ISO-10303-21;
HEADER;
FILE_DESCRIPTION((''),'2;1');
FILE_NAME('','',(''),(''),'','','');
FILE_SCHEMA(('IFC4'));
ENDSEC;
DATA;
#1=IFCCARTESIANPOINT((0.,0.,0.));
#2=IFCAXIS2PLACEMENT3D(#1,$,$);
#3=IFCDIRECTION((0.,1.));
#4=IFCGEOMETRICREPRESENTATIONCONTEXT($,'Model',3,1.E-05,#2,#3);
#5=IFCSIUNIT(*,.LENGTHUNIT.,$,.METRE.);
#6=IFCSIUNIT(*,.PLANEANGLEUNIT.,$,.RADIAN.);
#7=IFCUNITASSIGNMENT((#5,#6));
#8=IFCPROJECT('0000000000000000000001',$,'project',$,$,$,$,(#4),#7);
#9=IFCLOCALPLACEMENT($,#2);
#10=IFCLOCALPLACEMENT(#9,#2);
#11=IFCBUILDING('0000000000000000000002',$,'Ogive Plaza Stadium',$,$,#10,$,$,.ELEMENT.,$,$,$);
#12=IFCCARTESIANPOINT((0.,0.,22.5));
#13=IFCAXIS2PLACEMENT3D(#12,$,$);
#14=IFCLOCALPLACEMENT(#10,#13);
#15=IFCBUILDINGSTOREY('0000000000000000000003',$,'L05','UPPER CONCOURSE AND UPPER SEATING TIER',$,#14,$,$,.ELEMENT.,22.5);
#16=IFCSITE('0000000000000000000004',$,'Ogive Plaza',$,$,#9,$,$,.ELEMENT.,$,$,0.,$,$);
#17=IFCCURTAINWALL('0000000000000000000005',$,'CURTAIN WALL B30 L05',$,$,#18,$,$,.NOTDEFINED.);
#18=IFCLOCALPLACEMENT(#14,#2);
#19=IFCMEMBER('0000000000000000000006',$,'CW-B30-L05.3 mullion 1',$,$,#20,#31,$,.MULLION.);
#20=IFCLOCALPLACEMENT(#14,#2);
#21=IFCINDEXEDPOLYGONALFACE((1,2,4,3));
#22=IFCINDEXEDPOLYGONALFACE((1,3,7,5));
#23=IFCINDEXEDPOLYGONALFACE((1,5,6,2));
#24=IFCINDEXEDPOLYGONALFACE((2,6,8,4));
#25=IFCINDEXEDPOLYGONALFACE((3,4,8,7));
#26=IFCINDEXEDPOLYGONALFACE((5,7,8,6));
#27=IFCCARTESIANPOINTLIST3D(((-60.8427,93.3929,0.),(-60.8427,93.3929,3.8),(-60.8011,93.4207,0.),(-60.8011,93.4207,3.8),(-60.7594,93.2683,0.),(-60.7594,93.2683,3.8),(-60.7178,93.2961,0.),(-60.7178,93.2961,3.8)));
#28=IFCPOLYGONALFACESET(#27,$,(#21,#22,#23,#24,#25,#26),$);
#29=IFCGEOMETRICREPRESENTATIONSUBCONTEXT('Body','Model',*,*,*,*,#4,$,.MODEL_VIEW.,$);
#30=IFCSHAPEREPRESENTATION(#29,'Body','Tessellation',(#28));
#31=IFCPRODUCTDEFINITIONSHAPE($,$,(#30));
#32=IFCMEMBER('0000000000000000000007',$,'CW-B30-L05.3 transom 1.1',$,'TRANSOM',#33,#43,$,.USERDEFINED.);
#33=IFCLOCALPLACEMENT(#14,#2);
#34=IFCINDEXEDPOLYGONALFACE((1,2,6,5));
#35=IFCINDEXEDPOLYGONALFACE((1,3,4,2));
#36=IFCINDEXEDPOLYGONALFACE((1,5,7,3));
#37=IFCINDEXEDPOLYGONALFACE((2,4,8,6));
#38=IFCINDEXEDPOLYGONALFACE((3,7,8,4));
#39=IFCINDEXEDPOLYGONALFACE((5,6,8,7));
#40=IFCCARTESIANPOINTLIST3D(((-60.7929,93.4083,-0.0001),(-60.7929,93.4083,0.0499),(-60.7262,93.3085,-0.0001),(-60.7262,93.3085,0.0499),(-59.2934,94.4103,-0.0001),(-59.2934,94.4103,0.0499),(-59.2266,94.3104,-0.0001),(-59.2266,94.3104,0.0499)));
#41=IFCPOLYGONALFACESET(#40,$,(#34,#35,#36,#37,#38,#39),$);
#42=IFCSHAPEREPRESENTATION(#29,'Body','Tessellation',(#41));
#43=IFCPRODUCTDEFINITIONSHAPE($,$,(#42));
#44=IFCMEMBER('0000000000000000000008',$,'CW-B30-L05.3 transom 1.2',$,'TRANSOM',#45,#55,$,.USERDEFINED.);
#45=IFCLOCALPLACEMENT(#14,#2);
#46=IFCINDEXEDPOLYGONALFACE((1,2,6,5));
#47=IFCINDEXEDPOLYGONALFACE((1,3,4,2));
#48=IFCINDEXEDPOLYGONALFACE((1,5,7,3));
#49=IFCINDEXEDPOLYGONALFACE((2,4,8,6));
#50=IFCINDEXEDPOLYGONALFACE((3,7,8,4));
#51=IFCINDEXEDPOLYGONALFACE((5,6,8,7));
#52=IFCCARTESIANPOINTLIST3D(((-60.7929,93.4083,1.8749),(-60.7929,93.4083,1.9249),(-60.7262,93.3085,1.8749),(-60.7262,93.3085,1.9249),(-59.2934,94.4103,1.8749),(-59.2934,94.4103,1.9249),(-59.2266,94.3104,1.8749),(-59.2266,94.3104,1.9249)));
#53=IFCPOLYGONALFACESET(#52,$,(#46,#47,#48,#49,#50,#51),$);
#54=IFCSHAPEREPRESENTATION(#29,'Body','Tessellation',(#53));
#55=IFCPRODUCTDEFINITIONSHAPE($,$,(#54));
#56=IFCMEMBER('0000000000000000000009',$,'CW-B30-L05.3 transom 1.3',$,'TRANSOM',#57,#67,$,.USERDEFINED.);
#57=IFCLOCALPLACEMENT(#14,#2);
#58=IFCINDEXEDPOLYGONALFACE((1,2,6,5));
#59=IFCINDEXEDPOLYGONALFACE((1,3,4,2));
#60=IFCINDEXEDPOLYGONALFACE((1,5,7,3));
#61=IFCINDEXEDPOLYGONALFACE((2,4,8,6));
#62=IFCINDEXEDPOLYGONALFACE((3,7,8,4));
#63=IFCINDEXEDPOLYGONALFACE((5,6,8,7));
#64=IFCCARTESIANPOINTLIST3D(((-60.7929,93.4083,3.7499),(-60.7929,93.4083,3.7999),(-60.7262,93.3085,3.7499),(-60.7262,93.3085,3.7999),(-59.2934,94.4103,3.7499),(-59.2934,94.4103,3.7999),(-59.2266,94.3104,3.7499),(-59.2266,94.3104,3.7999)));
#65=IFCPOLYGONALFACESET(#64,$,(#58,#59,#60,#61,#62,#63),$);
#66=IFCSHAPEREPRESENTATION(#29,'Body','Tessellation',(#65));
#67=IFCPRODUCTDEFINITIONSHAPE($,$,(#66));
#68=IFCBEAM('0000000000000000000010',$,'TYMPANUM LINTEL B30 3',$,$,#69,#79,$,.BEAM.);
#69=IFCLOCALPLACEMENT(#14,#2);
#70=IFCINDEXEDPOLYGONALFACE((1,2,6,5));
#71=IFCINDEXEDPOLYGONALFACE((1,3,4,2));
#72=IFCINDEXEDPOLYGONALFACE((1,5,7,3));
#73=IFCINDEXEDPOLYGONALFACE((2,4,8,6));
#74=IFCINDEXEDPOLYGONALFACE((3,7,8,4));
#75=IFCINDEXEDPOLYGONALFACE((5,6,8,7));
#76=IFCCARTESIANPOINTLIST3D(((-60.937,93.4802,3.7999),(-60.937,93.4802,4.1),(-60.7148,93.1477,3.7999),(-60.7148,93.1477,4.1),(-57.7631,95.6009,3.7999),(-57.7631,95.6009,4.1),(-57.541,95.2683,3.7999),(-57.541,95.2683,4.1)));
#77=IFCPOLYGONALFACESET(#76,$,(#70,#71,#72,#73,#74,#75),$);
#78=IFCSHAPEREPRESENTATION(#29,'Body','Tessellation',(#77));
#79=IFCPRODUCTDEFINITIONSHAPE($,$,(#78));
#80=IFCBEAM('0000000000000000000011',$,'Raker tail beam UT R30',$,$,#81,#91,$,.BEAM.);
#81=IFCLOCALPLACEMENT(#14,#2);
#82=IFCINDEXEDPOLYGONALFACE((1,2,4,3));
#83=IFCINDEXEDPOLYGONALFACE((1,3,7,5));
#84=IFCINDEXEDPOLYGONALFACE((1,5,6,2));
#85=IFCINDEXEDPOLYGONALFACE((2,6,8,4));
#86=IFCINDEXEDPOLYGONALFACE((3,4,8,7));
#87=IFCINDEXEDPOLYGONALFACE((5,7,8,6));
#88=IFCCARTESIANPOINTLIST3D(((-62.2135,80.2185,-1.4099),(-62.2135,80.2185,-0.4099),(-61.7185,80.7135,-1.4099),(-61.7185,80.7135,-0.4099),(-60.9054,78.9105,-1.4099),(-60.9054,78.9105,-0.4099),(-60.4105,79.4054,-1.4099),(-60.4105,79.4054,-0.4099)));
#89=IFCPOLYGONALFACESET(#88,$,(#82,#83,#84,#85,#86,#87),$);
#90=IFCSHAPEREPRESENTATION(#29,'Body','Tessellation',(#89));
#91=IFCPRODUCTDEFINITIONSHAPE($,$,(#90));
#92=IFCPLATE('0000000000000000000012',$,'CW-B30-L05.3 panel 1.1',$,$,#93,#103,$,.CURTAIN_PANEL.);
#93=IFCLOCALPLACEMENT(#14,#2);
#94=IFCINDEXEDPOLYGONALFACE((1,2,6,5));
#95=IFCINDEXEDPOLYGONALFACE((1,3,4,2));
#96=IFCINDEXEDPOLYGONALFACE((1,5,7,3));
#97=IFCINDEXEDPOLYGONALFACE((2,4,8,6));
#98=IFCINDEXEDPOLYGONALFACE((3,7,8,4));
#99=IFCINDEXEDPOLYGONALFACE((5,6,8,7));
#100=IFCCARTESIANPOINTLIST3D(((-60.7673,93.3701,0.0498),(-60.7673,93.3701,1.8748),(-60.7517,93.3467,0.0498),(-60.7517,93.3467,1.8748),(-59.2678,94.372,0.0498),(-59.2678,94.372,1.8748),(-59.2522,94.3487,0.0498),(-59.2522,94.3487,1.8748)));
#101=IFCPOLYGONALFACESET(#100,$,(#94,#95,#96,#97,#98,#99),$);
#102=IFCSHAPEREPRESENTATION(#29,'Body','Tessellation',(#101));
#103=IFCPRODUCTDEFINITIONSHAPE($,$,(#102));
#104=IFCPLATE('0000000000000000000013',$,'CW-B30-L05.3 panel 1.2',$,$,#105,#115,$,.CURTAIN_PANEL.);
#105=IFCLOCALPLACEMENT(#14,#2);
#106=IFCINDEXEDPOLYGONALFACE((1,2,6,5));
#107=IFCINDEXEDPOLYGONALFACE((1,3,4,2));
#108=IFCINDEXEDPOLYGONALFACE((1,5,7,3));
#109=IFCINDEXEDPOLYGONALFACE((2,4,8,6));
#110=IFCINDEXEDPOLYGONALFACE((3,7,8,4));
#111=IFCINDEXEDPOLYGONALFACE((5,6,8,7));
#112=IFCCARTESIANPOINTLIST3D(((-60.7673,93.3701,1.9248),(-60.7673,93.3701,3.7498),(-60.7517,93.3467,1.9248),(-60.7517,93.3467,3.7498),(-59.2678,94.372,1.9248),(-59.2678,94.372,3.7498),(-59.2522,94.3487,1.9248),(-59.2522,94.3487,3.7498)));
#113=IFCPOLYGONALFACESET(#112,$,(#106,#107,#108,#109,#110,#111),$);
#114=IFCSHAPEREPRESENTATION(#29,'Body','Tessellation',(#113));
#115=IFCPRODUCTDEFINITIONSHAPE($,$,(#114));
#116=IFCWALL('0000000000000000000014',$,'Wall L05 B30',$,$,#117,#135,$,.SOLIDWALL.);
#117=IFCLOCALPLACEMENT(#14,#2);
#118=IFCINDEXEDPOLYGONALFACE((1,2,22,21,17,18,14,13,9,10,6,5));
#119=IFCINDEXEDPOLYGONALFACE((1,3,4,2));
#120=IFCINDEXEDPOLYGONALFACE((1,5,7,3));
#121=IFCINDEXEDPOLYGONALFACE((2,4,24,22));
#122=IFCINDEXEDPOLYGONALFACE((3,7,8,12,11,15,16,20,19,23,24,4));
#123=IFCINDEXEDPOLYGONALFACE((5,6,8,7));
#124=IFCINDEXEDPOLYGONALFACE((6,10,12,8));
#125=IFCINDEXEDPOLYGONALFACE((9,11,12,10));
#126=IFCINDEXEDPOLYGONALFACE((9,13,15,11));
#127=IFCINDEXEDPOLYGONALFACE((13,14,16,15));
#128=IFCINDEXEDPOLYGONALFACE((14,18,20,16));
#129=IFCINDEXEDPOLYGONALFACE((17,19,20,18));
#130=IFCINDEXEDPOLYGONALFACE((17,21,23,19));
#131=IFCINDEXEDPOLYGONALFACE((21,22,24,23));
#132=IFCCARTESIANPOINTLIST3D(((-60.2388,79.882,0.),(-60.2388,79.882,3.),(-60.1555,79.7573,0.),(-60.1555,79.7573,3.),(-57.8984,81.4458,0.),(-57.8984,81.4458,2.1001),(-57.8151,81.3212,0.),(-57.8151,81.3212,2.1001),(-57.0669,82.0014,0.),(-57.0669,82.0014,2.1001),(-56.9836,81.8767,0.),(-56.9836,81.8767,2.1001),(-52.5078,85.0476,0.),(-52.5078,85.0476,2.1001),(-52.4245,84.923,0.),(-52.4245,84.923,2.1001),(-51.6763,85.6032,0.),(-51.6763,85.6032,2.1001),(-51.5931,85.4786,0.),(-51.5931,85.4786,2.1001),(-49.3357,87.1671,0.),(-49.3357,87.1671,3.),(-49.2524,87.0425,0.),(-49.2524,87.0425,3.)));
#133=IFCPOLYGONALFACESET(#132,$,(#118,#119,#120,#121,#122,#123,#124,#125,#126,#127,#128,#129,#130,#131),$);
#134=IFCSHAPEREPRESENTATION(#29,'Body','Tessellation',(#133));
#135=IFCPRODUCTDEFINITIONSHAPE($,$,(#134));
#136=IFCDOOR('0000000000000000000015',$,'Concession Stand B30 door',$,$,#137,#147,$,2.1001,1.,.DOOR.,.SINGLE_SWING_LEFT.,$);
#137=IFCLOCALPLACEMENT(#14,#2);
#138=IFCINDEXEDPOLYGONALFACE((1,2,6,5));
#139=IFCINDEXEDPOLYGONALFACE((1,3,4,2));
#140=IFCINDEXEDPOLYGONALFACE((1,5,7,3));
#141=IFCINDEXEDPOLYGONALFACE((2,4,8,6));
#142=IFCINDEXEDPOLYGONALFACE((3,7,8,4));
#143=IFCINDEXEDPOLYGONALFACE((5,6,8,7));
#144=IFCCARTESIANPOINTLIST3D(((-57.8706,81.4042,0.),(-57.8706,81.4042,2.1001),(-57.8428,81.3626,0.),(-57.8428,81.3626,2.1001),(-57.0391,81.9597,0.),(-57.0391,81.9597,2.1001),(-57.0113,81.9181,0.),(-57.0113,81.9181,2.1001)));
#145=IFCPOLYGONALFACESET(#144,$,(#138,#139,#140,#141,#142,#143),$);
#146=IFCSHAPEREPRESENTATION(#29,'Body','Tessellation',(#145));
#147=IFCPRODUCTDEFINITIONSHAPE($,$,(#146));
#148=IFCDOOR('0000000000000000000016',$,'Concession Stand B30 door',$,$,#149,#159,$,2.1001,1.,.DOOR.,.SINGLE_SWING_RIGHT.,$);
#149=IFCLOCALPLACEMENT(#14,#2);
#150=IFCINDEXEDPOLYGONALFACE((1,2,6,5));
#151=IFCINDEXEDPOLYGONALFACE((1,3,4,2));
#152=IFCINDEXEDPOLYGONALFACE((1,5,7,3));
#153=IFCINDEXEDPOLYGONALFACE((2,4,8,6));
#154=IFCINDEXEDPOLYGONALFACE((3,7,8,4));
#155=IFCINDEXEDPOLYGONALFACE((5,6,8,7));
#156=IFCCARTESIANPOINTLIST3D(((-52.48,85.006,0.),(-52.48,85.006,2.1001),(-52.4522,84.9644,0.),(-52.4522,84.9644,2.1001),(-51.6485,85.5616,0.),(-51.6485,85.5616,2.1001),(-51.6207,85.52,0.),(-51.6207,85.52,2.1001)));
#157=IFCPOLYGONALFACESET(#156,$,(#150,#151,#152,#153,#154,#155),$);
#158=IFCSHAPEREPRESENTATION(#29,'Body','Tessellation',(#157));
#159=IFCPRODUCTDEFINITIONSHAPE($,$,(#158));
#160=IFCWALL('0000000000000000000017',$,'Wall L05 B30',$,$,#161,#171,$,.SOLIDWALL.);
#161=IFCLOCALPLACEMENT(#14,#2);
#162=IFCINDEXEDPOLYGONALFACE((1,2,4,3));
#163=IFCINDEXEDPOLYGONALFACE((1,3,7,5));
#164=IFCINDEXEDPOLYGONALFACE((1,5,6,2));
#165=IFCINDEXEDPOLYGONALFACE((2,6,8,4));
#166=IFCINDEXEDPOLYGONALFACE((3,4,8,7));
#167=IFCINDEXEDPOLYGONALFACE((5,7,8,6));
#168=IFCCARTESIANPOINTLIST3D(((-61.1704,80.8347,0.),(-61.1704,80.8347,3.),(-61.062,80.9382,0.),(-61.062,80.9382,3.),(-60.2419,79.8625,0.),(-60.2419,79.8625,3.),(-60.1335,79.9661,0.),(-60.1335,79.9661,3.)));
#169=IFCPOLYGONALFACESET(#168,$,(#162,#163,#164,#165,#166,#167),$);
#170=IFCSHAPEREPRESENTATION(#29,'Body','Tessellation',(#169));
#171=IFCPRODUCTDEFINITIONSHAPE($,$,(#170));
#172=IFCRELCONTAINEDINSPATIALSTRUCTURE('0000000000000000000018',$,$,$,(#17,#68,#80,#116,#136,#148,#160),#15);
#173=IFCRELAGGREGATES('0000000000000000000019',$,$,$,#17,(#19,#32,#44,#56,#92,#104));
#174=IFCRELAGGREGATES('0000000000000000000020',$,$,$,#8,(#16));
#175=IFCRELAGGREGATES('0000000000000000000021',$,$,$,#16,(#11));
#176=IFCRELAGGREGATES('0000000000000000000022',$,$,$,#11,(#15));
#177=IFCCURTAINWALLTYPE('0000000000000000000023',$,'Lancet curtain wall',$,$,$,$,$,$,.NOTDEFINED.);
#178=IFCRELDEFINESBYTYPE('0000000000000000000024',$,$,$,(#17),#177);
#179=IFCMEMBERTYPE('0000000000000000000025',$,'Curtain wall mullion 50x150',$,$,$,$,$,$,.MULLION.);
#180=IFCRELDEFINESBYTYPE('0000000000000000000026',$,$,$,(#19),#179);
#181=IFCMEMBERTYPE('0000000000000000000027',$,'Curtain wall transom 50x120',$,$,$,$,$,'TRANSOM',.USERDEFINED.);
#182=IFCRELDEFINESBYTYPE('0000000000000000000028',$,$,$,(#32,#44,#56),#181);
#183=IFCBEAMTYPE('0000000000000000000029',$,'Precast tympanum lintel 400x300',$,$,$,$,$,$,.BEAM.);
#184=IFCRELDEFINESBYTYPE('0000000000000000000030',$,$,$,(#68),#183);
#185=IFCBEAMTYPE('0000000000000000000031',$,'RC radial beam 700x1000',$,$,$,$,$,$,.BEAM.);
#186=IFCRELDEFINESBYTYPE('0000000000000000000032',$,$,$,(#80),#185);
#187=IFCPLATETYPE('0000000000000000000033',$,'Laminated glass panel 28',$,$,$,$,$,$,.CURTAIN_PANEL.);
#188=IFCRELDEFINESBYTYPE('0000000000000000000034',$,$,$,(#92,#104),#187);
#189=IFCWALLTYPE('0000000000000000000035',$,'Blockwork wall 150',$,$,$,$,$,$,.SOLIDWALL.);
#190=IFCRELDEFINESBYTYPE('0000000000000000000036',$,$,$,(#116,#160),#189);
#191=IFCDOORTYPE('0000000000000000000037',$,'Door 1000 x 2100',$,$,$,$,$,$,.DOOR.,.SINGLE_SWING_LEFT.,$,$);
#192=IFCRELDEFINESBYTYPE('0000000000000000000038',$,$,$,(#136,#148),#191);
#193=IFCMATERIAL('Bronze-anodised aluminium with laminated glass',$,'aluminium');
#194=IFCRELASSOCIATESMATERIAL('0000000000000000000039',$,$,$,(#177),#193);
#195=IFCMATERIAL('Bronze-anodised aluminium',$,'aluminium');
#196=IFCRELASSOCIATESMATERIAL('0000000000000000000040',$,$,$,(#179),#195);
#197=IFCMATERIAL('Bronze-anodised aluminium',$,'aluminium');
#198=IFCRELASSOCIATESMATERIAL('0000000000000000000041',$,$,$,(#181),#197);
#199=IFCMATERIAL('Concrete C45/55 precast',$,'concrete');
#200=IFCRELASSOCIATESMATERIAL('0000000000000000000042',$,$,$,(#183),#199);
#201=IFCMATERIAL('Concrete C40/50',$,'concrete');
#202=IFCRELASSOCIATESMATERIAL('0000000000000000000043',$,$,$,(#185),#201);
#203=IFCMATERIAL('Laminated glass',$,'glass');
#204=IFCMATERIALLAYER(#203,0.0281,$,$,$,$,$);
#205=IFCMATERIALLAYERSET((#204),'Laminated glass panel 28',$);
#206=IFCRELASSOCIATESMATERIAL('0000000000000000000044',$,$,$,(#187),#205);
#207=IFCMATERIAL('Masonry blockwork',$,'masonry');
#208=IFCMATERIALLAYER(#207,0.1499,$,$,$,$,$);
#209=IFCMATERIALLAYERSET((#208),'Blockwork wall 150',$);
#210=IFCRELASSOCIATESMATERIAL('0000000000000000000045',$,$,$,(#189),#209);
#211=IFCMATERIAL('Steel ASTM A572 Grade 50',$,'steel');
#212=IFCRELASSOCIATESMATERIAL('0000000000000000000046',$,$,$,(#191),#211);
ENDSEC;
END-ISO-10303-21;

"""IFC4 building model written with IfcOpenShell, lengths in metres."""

from ifc_helpers import new_model, si_unit, direction, frame, frame_2d, origin, origin_2d, place, context, subcontext, project, spatial, rectangle, extrude, material, layer, layer_set, material_profile, profile_set, type_object, element, fill, aggregate, save


model = new_model("IFC4")

# Units and contexts
model_context = context("Model", 3, precision=1e-05, world=origin(), true_north=direction((0.0, 1.0)))
body_context = subcontext(model_context, "Body", "Model", "MODEL_VIEW")
ifc_project = project(units=[si_unit("LENGTHUNIT", "METRE"), si_unit("PLANEANGLEUNIT", "RADIAN")], contexts=[model_context])

# Site, building, storey
site_placement = place(None, origin())
site = spatial("IfcSite", under=ifc_project, at=site_placement, Name="Ogive Plaza", CompositionType="ELEMENT", RefElevation=0.0)
building_placement = place(site_placement, origin())
building = spatial("IfcBuilding", under=site, at=building_placement, Name="Ogive Plaza Stadium", CompositionType="ELEMENT")
storey_placement = place(building_placement, frame((0.0, 0.0, 22.5)))
storey = spatial("IfcBuildingStorey", under=building, at=storey_placement, Name="L05", Description="UPPER CONCOURSE AND UPPER SEATING TIER", CompositionType="ELEMENT", Elevation=22.5)

# Curtain wall, members
ifc_material_1 = material(Name="Bronze-anodised aluminium with laminated glass", Category="aluminium")
curtain_wall_type = type_object("IfcCurtainWallType", Name="Lancet curtain wall", PredefinedType="NOTDEFINED", material=ifc_material_1)
curtain_wall_placement = place(storey_placement, origin())
curtain_wall = element("IfcCurtainWall", 1, at=curtain_wall_placement, inside=storey, type_object=curtain_wall_type, Name="CURTAIN WALL B30 L05", PredefinedType="NOTDEFINED")
ifc_material_2 = material(Name="Bronze-anodised aluminium", Category="aluminium")
ifc_material_profile_1 = material_profile(ifc_material_2, rectangle(XDim=0.1499, YDim=0.05, at=origin_2d()), Name="AL 150x50")
ifc_profile_set_1 = profile_set([ifc_material_profile_1], Name="Bronze-anodised aluminium")
member_type_1 = type_object("IfcMemberType", Name="Curtain wall mullion 50x150", PredefinedType="MULLION", material=ifc_profile_set_1)
member_1_placement = place(storey_placement, frame((-60.7803, 93.3445, 0.0), z_axis=(0.0, 0.0, 1.0), x_axis=(-0.55557, 0.83147, 0.0)))
member_1 = element("IfcMember", 2, at=member_1_placement, type_object=member_type_1, Name="CW-B30-L05.3 mullion 1", PredefinedType="MULLION", context=body_context, shape_type="SweptSolid", body=[
    extrude(rectangle(XDim=0.1499, YDim=0.05, at=origin_2d()), origin(), (0.0, 0.0, 1.0), 3.8),
])
ifc_material_3 = material(Name="Bronze-anodised aluminium", Category="aluminium")
ifc_material_profile_2 = material_profile(ifc_material_3, rectangle(XDim=0.1201, YDim=0.05, at=origin_2d()), Name="AL 120x50")
ifc_profile_set_2 = profile_set([ifc_material_profile_2], Name="Bronze-anodised aluminium")
member_type_2 = type_object("IfcMemberType", Name="Curtain wall transom 50x120", ElementType="TRANSOM", PredefinedType="USERDEFINED", material=ifc_profile_set_2)
member_2_placement = place(storey_placement, frame((-60.7595, 93.3584, 0.0249), z_axis=(0.831467, 0.555575, 0.0), x_axis=(-0.555575, 0.831467, 0.0)))
member_2 = element("IfcMember", 3, at=member_2_placement, type_object=member_type_2, Name="CW-B30-L05.3 transom 1.1", ObjectType="TRANSOM", PredefinedType="USERDEFINED", context=body_context, shape_type="SweptSolid", body=[
    extrude(rectangle(XDim=0.1201, YDim=0.05, at=origin_2d()), origin(), (0.0, 0.0, 1.0), 1.8035),
])
member_3_placement = place(storey_placement, frame((-60.7595, 93.3584, 1.8999), z_axis=(0.831467, 0.555575, 0.0), x_axis=(-0.555575, 0.831467, 0.0)))
member_3 = element("IfcMember", 4, at=member_3_placement, type_object=member_type_2, Name="CW-B30-L05.3 transom 1.2", ObjectType="TRANSOM", PredefinedType="USERDEFINED", context=body_context, shape_type="SweptSolid", body=[
    extrude(rectangle(XDim=0.1201, YDim=0.05, at=origin_2d()), origin(), (0.0, 0.0, 1.0), 1.8035),
])
member_4_placement = place(storey_placement, frame((-60.7595, 93.3584, 3.7749), z_axis=(0.831467, 0.555575, 0.0), x_axis=(-0.555575, 0.831467, 0.0)))
member_4 = element("IfcMember", 5, at=member_4_placement, type_object=member_type_2, Name="CW-B30-L05.3 transom 1.3", ObjectType="TRANSOM", PredefinedType="USERDEFINED", context=body_context, shape_type="SweptSolid", body=[
    extrude(rectangle(XDim=0.1201, YDim=0.05, at=origin_2d()), origin(), (0.0, 0.0, 1.0), 1.8035),
])

# Beams
ifc_material_4 = material(Name="Concrete C45/55 precast", Category="concrete")
ifc_material_profile_3 = material_profile(ifc_material_4, rectangle(XDim=0.3999, YDim=0.3, at=origin_2d()), Name="RC 400x300")
ifc_profile_set_3 = profile_set([ifc_material_profile_3], Name="Concrete C45/55 precast")
beam_type_1 = type_object("IfcBeamType", Name="Precast tympanum lintel 400x300", PredefinedType="BEAM", material=ifc_profile_set_3)
beam_1_placement = place(storey_placement, frame((-60.8259, 93.314, 3.95), z_axis=(0.831479, 0.555556, 0.0), x_axis=(-0.555556, 0.831479, 0.0)))
element("IfcBeam", 6, at=beam_1_placement, inside=storey, type_object=beam_type_1, Name="TYMPANUM LINTEL B30 3", PredefinedType="BEAM", context=body_context, shape_type="SweptSolid", body=[
    extrude(rectangle(XDim=0.3999, YDim=0.3, at=origin_2d()), origin(), (0.0, 0.0, 1.0), 3.8171),
])
ifc_material_5 = material(Name="Concrete C40/50", Category="concrete")
ifc_material_profile_4 = material_profile(ifc_material_5, rectangle(XDim=0.7, YDim=1.0, at=origin_2d()), Name="RC 700x1000")
ifc_profile_set_4 = profile_set([ifc_material_profile_4], Name="Concrete C40/50")
beam_type_2 = type_object("IfcBeamType", Name="RC radial beam 700x1000", PredefinedType="BEAM", material=ifc_profile_set_4)
beam_2_placement = place(storey_placement, frame((-60.658, 79.158, -0.9099), z_axis=(-0.707107, 0.707107, 0.0), x_axis=(-0.707107, -0.707107, 0.0)))
element("IfcBeam", 7, at=beam_2_placement, inside=storey, type_object=beam_type_2, Name="Raker tail beam UT R30", PredefinedType="BEAM", context=body_context, shape_type="SweptSolid", body=[
    extrude(rectangle(XDim=0.7, YDim=1.0, at=origin_2d()), origin(), (0.0, 0.0, 1.0), 1.8499),
])

# Plates
ifc_material_6 = material(Name="Laminated glass", Category="glass")
ifc_layer_1 = layer(ifc_material_6, 0.0281)
ifc_layer_set_1 = layer_set([ifc_layer_1], Name="Laminated glass panel 28")
plate_type = type_object("IfcPlateType", Name="Laminated glass panel 28", PredefinedType="CURTAIN_PANEL", material=ifc_layer_set_1)
plate_1_placement = place(storey_placement, frame((-60.0098, 93.8594, 0.0498), z_axis=(0.0, 0.0, 1.0), x_axis=(0.83147, 0.55557, 0.0)))
plate_1 = element("IfcPlate", 8, at=plate_1_placement, type_object=plate_type, Name="CW-B30-L05.3 panel 1.1", PredefinedType="CURTAIN_PANEL", context=body_context, shape_type="SweptSolid", body=[
    extrude(rectangle(XDim=1.8035, YDim=0.0281, at=origin_2d()), origin(), (0.0, 0.0, 1.0), 1.825),
])
plate_2_placement = place(storey_placement, frame((-60.0098, 93.8594, 1.9248), z_axis=(0.0, 0.0, 1.0), x_axis=(0.83147, 0.55557, 0.0)))
plate_2 = element("IfcPlate", 9, at=plate_2_placement, type_object=plate_type, Name="CW-B30-L05.3 panel 1.2", PredefinedType="CURTAIN_PANEL", context=body_context, shape_type="SweptSolid", body=[
    extrude(rectangle(XDim=1.8035, YDim=0.0281, at=origin_2d()), origin(), (0.0, 0.0, 1.0), 1.825),
])
aggregate(curtain_wall, [member_1, member_2, member_3, member_4, plate_1, plate_2])

# Wall, openings, doors
ifc_material_7 = material(Name="Masonry blockwork", Category="masonry")
ifc_layer_2 = layer(ifc_material_7, 0.1499)
ifc_layer_set_2 = layer_set([ifc_layer_2], Name="Blockwork wall 150")
wall_type_1 = type_object("IfcWallType", Name="Blockwork wall 150", PredefinedType="SOLIDWALL", material=ifc_layer_set_2)
wall_1_placement = place(storey_placement, frame((-60.1973, 79.8196, 0.0), z_axis=(0.0, 0.0, 1.0), x_axis=(0.831471, 0.555568, 0.0)))
wall_1 = element("IfcWall", 10, at=wall_1_placement, inside=storey, type_object=wall_type_1, Name="Wall L05 B30", PredefinedType="SOLIDWALL", context=body_context, shape_type="SweptSolid", body=[
    extrude(rectangle(XDim=13.113, YDim=0.1499, at=frame_2d((6.5566, 0.0))), origin(), (0.0, 0.0, 1.0), 3.0),
])
opening_1_placement = place(wall_1_placement, frame((2.8149, 0.0, 0.0)))
opening_1 = element("IfcOpeningElement", 11, at=opening_1_placement, cuts=wall_1, PredefinedType="OPENING", context=body_context, shape_type="SweptSolid", body=[
    extrude(rectangle(XDim=1.0, YDim=2.1001, at=frame_2d((0.5, 1.05))), frame((0.0, 0.075, 0.0), z_axis=(0.0, -1.0, 0.0), x_axis=(1.0, 0.0, 0.0)), (0.0, 0.0, 1.0), 0.1499),
])
opening_2_placement = place(wall_1_placement, frame((9.2981, 0.0, 0.0)))
opening_2 = element("IfcOpeningElement", 12, at=opening_2_placement, cuts=wall_1, PredefinedType="OPENING", context=body_context, shape_type="SweptSolid", body=[
    extrude(rectangle(XDim=1.0, YDim=2.1001, at=frame_2d((0.5, 1.05))), frame((0.0, 0.075, 0.0), z_axis=(0.0, -1.0, 0.0), x_axis=(1.0, 0.0, 0.0)), (0.0, 0.0, 1.0), 0.1499),
])
ifc_material_8 = material(Name="Steel ASTM A572 Grade 50", Category="steel")
door_type_1 = type_object("IfcDoorType", Name="Door 1000 x 2100", OperationType="SINGLE_SWING_LEFT", PredefinedType="DOOR", material=ifc_material_8)
door_1_placement = place(opening_1_placement, origin())
door_1 = element("IfcDoor", 13, at=door_1_placement, inside=storey, type_object=door_type_1, Name="Concession Stand B30 door", OperationType="SINGLE_SWING_LEFT", OverallHeight=2.1001, OverallWidth=1.0, PredefinedType="DOOR", context=body_context, shape_type="SweptSolid", body=[
    extrude(rectangle(XDim=1.0, YDim=2.1001, at=frame_2d((0.5, 1.05))), frame((0.0, 0.0249, 0.0), z_axis=(0.0, -1.0, 0.0), x_axis=(1.0, 0.0, 0.0)), (0.0, 0.0, 1.0), 0.05),
])
fill(opening_1, door_1)
door_2_placement = place(opening_2_placement, origin())
door_2 = element("IfcDoor", 14, at=door_2_placement, inside=storey, type_object=door_type_1, Name="Concession Stand B30 door", OperationType="SINGLE_SWING_RIGHT", OverallHeight=2.1001, OverallWidth=1.0, PredefinedType="DOOR", context=body_context, shape_type="SweptSolid", body=[
    extrude(rectangle(XDim=1.0, YDim=2.1001, at=frame_2d((0.5, 1.05))), frame((0.0, 0.0249, 0.0), z_axis=(0.0, -1.0, 0.0), x_axis=(1.0, 0.0, 0.0)), (0.0, 0.0, 1.0), 0.05),
])
fill(opening_2, door_2)

# Wall
wall_2_placement = place(storey_placement, frame((-60.1877, 79.9143, 0.0), z_axis=(0.0, 0.0, 1.0), x_axis=(-0.690666, 0.723174, 0.0)))
element("IfcWall", 15, at=wall_2_placement, inside=storey, type_object=wall_type_1, Name="Wall L05 B30", PredefinedType="SOLIDWALL", context=body_context, shape_type="SweptSolid", body=[
    extrude(rectangle(XDim=1.3442, YDim=0.1499, at=frame_2d((0.6721, 0.0))), origin(), (0.0, 0.0, 1.0), 3.0),
])

save(model, "model.ifc")
